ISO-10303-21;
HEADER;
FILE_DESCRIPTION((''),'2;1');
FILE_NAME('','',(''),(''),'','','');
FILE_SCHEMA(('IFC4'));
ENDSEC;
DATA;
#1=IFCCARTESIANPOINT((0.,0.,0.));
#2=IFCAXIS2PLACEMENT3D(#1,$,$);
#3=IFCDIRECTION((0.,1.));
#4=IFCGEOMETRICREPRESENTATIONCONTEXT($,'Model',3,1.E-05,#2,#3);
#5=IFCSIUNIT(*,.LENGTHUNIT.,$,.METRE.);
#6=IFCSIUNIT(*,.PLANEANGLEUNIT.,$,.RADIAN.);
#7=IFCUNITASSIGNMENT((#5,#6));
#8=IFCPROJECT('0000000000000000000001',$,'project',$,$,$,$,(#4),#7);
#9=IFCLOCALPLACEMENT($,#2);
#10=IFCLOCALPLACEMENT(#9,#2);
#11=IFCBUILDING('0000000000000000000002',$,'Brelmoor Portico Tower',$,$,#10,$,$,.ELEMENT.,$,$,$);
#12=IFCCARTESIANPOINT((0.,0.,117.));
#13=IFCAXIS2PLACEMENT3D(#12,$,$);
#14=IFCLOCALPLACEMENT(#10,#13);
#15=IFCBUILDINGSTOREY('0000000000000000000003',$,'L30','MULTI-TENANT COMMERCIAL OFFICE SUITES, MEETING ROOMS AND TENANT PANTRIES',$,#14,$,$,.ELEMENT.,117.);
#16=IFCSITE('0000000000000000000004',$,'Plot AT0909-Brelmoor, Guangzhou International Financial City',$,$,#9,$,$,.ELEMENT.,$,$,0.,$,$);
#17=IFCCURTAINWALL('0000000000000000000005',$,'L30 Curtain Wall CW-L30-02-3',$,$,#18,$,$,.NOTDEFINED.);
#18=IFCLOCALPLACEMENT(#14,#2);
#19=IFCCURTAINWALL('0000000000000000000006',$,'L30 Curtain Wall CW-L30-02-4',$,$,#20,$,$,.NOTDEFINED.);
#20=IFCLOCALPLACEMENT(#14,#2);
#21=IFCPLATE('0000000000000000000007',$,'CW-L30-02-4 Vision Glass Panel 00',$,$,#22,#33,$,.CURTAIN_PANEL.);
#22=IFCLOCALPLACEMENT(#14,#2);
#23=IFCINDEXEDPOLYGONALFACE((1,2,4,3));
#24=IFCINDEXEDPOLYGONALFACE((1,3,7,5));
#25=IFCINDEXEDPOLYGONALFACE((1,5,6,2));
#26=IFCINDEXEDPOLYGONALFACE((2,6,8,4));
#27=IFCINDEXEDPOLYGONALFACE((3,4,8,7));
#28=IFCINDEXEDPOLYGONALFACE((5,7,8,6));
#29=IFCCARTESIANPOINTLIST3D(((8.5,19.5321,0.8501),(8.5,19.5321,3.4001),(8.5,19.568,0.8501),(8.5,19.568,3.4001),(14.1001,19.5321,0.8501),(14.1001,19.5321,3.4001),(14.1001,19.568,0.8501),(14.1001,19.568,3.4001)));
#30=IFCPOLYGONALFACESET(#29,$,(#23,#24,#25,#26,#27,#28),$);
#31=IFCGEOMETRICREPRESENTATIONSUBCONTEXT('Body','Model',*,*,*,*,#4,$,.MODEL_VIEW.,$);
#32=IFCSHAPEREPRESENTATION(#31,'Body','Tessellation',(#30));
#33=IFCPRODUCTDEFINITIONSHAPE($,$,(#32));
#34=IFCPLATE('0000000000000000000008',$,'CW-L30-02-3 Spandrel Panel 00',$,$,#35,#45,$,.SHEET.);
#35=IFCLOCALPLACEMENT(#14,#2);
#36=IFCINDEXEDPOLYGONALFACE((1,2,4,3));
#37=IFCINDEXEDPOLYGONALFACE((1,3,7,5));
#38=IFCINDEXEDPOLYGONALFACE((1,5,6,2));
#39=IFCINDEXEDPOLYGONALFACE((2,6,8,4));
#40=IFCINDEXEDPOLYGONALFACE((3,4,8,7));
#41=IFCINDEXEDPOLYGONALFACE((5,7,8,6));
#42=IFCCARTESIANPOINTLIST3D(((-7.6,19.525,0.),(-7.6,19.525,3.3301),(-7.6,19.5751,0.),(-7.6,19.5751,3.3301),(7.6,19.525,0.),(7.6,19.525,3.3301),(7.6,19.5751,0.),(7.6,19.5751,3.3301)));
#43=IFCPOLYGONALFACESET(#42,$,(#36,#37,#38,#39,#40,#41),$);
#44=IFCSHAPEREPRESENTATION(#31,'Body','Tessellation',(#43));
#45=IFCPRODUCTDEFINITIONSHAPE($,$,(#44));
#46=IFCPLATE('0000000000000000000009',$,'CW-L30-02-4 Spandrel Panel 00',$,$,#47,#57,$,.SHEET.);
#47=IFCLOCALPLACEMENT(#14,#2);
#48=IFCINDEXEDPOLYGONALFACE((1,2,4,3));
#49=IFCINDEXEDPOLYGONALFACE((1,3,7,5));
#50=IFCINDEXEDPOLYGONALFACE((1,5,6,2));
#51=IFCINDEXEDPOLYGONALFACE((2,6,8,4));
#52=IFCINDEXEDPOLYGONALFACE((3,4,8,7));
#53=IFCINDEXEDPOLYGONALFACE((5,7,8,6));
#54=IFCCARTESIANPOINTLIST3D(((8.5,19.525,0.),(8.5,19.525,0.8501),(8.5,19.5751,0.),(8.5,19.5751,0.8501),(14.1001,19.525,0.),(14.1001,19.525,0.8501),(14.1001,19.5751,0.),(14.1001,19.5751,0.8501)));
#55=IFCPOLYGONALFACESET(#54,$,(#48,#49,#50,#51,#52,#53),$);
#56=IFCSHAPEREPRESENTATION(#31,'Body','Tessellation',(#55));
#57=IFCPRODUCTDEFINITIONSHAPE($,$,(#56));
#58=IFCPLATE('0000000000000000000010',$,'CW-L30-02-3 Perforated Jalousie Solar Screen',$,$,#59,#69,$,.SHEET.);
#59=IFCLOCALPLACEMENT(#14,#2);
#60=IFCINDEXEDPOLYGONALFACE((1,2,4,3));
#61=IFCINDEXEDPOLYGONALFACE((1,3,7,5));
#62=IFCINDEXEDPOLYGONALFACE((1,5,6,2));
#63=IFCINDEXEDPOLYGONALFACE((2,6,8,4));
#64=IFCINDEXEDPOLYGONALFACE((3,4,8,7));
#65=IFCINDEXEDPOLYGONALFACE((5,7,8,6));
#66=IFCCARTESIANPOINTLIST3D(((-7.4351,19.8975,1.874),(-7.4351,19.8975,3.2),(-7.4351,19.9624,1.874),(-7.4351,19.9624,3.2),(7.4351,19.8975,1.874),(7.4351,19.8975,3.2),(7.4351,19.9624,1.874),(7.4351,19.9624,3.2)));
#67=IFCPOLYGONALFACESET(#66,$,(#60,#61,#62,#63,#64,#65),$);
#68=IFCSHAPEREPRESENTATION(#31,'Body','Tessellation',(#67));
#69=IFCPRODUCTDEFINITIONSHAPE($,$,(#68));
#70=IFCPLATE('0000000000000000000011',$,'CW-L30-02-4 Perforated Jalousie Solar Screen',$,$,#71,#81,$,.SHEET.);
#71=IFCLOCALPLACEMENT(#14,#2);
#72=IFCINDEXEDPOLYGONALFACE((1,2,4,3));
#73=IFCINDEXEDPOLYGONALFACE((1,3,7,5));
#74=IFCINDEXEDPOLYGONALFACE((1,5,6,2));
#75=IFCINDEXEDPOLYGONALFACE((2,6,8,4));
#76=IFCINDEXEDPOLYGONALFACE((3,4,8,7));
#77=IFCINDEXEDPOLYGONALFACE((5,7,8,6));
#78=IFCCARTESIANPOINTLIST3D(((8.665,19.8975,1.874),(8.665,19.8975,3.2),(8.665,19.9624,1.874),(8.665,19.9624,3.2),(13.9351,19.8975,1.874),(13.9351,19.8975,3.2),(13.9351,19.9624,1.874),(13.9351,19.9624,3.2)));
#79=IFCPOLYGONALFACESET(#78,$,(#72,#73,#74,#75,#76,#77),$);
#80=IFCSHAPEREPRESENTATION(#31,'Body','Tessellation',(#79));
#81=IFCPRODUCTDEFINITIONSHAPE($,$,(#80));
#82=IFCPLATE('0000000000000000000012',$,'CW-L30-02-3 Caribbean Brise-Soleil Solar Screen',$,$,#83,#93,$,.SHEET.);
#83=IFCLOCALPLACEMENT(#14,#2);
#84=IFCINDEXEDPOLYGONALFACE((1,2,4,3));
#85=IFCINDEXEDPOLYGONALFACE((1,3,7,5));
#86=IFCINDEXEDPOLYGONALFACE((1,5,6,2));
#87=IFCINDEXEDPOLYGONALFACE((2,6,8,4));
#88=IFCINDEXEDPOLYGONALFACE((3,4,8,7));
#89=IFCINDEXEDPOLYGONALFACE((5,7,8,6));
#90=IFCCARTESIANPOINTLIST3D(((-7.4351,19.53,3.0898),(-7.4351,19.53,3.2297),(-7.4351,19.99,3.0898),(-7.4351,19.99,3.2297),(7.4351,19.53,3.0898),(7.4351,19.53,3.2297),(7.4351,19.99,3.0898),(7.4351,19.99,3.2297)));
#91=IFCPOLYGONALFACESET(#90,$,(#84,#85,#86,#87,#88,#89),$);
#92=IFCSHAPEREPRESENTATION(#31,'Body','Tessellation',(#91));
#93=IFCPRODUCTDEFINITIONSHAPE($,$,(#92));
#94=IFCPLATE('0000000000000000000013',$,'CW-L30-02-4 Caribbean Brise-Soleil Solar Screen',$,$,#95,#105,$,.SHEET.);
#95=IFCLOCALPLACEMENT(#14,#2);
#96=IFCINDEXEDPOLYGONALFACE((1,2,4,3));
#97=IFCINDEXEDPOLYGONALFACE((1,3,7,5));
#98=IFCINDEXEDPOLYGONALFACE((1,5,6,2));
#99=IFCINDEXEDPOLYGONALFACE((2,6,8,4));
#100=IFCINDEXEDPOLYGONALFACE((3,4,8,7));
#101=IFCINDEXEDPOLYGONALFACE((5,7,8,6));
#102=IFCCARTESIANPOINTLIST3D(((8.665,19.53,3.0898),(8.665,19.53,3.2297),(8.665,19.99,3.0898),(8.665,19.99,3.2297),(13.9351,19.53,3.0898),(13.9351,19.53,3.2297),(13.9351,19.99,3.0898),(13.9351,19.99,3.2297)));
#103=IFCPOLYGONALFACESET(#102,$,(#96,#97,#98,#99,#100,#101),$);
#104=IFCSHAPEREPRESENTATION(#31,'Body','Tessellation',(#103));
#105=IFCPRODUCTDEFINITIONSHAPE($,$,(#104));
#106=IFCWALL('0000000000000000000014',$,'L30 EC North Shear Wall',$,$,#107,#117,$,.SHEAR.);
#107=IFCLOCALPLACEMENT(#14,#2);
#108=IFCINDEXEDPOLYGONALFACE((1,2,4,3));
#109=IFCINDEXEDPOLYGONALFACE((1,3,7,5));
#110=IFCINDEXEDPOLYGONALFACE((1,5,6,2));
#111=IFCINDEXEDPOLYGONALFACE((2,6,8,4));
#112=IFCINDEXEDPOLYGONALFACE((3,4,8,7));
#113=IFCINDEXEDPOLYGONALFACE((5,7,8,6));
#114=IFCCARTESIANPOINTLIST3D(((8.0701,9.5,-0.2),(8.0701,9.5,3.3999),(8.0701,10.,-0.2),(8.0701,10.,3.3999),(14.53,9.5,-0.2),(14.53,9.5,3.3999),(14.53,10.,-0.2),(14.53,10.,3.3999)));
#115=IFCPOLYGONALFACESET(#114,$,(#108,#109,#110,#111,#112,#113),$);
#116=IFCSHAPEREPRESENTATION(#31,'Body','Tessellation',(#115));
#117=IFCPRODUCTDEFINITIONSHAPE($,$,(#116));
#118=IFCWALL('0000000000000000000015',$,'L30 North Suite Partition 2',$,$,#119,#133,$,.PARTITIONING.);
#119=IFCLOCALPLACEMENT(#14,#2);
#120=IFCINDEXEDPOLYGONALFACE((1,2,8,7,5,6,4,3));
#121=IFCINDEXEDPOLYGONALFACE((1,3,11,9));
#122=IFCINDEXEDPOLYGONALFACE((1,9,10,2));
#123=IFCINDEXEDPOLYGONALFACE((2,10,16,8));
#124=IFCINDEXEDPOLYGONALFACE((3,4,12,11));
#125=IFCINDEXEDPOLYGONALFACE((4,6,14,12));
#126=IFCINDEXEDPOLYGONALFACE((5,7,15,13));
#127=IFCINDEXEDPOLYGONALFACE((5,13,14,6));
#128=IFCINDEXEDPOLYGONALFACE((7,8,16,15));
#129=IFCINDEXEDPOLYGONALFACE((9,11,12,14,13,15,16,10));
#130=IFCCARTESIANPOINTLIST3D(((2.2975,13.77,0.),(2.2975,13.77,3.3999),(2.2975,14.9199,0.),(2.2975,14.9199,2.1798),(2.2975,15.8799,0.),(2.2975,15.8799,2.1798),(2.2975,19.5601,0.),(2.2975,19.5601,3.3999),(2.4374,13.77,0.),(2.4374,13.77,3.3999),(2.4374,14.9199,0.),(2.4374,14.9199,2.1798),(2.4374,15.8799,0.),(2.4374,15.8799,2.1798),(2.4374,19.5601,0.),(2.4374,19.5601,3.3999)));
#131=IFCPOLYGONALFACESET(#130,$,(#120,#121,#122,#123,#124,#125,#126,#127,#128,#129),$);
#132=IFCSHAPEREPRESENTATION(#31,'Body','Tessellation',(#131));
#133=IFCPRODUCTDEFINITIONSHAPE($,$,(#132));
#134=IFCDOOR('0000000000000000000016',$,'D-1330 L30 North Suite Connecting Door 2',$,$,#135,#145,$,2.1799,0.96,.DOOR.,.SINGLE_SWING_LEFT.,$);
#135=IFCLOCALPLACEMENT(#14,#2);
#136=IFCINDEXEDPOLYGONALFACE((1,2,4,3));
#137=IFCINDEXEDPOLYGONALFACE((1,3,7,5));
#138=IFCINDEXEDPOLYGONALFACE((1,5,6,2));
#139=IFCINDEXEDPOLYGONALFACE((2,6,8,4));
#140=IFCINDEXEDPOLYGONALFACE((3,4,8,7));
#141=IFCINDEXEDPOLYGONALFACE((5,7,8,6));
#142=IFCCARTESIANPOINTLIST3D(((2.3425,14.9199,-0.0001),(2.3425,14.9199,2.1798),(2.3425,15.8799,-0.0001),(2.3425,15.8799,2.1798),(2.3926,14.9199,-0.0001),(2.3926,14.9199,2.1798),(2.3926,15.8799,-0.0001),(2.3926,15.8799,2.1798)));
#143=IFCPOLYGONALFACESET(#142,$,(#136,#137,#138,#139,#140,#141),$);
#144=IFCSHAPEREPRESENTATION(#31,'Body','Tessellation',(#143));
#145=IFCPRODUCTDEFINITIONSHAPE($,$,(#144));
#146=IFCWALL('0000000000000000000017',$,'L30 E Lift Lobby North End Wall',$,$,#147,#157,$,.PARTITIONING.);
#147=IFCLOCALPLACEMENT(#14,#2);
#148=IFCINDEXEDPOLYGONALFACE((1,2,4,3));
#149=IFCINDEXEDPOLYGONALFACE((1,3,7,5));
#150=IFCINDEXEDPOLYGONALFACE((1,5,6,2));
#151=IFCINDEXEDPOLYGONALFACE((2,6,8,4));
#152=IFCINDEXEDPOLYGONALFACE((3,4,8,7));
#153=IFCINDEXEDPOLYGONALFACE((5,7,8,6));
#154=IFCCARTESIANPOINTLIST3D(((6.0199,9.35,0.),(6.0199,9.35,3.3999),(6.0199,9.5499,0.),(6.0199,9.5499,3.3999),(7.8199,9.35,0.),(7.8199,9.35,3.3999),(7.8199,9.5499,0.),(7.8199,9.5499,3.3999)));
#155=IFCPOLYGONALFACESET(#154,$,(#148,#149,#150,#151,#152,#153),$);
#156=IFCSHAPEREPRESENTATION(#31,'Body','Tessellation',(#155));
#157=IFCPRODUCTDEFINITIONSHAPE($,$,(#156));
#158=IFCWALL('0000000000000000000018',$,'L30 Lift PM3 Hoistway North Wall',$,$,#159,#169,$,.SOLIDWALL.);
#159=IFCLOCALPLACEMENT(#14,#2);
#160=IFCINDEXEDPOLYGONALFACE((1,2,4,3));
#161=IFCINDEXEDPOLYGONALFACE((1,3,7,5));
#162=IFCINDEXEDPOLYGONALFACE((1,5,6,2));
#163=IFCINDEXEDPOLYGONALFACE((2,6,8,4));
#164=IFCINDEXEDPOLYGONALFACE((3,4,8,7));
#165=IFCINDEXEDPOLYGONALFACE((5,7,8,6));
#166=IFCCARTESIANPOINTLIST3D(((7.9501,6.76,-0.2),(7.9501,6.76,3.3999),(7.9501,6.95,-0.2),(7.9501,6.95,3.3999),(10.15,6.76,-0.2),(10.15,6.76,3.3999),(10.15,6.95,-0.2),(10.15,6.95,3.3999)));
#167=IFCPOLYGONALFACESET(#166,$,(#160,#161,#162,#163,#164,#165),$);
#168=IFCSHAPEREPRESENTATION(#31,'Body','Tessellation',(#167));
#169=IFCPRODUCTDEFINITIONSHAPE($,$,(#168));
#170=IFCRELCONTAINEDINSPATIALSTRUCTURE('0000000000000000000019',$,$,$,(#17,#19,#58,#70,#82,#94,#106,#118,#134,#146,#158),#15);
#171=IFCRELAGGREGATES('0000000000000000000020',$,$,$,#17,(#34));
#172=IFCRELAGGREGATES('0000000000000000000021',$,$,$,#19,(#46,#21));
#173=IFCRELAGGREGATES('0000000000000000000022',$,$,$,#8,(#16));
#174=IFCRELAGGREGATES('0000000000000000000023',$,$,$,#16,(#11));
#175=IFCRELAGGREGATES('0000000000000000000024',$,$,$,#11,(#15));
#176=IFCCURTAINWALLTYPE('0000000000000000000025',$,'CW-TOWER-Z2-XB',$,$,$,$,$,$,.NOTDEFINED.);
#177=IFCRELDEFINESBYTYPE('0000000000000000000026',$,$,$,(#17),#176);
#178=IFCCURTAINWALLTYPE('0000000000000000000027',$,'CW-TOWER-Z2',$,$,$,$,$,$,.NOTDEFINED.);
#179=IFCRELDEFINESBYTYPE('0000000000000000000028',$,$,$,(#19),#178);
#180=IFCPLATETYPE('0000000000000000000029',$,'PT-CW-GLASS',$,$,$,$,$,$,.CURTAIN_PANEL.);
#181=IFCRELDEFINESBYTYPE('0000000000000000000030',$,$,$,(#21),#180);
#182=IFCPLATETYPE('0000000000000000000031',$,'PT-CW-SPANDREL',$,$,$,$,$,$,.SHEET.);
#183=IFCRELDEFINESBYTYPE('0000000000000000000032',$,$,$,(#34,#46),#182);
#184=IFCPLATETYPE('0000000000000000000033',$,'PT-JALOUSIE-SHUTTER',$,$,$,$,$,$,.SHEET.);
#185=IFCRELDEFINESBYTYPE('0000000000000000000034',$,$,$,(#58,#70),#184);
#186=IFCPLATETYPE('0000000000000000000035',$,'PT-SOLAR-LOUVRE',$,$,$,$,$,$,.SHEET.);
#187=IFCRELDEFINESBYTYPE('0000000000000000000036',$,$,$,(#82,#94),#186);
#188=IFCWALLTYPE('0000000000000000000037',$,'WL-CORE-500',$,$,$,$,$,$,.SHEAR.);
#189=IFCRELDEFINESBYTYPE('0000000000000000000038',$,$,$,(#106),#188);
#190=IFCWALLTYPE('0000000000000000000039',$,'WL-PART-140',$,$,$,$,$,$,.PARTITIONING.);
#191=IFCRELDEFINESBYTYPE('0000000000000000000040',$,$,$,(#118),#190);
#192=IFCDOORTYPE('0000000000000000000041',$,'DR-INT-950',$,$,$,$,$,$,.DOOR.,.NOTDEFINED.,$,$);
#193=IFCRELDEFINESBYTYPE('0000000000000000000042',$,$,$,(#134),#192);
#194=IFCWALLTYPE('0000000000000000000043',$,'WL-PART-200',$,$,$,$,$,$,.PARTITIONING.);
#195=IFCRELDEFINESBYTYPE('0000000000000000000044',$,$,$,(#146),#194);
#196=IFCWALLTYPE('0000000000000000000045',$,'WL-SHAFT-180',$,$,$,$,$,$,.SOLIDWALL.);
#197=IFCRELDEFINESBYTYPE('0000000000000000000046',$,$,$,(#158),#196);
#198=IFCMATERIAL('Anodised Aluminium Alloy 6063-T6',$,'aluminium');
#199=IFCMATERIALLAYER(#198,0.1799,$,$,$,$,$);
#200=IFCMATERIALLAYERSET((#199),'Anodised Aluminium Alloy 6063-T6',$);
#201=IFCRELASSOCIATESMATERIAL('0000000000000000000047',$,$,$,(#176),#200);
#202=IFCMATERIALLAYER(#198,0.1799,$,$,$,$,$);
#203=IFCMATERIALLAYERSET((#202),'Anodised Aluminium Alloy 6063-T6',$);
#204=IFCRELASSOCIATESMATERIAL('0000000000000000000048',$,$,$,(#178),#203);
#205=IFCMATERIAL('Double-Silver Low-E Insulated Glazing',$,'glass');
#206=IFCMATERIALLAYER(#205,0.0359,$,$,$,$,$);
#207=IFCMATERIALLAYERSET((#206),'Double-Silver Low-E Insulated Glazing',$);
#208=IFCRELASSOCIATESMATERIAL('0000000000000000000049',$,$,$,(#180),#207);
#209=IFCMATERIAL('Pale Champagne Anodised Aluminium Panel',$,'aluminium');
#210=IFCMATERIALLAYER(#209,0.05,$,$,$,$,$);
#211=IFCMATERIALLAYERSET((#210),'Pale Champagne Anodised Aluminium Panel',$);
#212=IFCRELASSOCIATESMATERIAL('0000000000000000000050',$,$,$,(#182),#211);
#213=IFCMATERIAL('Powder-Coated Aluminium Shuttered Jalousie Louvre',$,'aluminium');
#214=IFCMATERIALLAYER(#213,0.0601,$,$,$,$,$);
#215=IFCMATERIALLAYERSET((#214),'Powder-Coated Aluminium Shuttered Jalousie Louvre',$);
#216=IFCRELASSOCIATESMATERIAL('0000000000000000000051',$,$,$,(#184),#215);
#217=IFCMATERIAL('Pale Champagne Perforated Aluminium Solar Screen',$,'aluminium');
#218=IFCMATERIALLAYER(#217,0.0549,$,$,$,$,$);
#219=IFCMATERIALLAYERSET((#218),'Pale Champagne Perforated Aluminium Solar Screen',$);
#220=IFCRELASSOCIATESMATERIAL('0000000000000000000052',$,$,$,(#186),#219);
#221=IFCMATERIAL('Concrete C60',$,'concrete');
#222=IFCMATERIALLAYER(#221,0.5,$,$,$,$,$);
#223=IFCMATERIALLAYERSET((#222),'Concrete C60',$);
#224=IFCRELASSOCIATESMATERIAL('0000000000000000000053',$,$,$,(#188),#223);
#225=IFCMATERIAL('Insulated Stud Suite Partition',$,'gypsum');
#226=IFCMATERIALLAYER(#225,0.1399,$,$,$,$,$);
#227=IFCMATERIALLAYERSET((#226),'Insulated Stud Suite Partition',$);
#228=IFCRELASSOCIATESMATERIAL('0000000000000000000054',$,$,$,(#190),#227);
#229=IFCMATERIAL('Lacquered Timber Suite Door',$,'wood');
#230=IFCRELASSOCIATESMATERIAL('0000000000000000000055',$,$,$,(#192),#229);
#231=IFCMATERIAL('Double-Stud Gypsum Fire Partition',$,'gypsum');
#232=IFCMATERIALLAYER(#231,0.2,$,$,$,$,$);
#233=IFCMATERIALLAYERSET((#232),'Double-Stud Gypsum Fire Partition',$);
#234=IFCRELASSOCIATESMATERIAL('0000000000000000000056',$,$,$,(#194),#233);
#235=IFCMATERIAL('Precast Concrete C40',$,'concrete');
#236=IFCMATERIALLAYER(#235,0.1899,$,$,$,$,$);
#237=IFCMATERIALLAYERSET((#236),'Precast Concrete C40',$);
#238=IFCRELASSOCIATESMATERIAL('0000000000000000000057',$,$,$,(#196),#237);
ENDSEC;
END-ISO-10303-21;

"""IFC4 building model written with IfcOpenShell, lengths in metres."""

from ifc_helpers import new_model, si_unit, direction, frame, frame_2d, origin, origin_2d, place, context, subcontext, project, spatial, rectangle, extrude, material, layer, layer_set, type_object, element, fill, aggregate, save


model = new_model("IFC4")

# Units and contexts
model_context = context("Model", 3, precision=1e-05, world=origin(), true_north=direction((0.0, 1.0)))
body_context = subcontext(model_context, "Body", "Model", "MODEL_VIEW")
ifc_project = project(units=[si_unit("LENGTHUNIT", "METRE"), si_unit("PLANEANGLEUNIT", "RADIAN")], contexts=[model_context])

# Site, building, storey
site_placement = place(None, origin())
site = spatial("IfcSite", under=ifc_project, at=site_placement, Name="Plot AT0909-Brelmoor, Guangzhou International Financial City", CompositionType="ELEMENT", RefElevation=0.0)
building_placement = place(site_placement, origin())
building = spatial("IfcBuilding", under=site, at=building_placement, Name="Brelmoor Portico Tower", CompositionType="ELEMENT")
storey_placement = place(building_placement, frame((0.0, 0.0, 117.0)))
storey = spatial("IfcBuildingStorey", under=building, at=storey_placement, Name="L30", Description="MULTI-TENANT COMMERCIAL OFFICE SUITES, MEETING ROOMS AND TENANT PANTRIES", CompositionType="ELEMENT", Elevation=117.0)

# Curtain wall
ifc_material_1 = material(Name="Anodised Aluminium Alloy 6063-T6", Category="aluminium")
ifc_layer_1 = layer(ifc_material_1, 0.1799)
ifc_layer_set_1 = layer_set([ifc_layer_1], Name="Anodised Aluminium Alloy 6063-T6")
curtain_wall_type_1 = type_object("IfcCurtainWallType", Name="CW-TOWER-Z2-XB", PredefinedType="NOTDEFINED", material=ifc_layer_set_1)
curtain_wall_1_placement = place(storey_placement, origin())
curtain_wall_1 = element("IfcCurtainWall", 1, at=curtain_wall_1_placement, inside=storey, type_object=curtain_wall_type_1, Name="L30 Curtain Wall CW-L30-02-3", PredefinedType="NOTDEFINED")

# Curtain wall, plate
ifc_layer_2 = layer(ifc_material_1, 0.1799)
ifc_layer_set_2 = layer_set([ifc_layer_2], Name="Anodised Aluminium Alloy 6063-T6")
curtain_wall_type_2 = type_object("IfcCurtainWallType", Name="CW-TOWER-Z2", PredefinedType="NOTDEFINED", material=ifc_layer_set_2)
curtain_wall_2_placement = place(storey_placement, origin())
curtain_wall_2 = element("IfcCurtainWall", 2, at=curtain_wall_2_placement, inside=storey, type_object=curtain_wall_type_2, Name="L30 Curtain Wall CW-L30-02-4", PredefinedType="NOTDEFINED")
ifc_material_2 = material(Name="Double-Silver Low-E Insulated Glazing", Category="glass")
ifc_layer_3 = layer(ifc_material_2, 0.0359)
ifc_layer_set_3 = layer_set([ifc_layer_3], Name="Double-Silver Low-E Insulated Glazing")
plate_type_1 = type_object("IfcPlateType", Name="PT-CW-GLASS", PredefinedType="CURTAIN_PANEL", material=ifc_layer_set_3)
plate_1_placement = place(storey_placement, frame((11.3, 19.55, 0.8501), z_axis=(0.0, 0.0, 1.0), x_axis=(1.0, 0.0, 0.0)))
plate_1 = element("IfcPlate", 3, at=plate_1_placement, type_object=plate_type_1, Name="CW-L30-02-4 Vision Glass Panel 00", PredefinedType="CURTAIN_PANEL", context=body_context, shape_type="SweptSolid", body=[
    extrude(rectangle(XDim=5.6001, YDim=0.0359, at=origin_2d()), origin(), (0.0, 0.0, 1.0), 2.55),
])

# Plates
ifc_material_3 = material(Name="Pale Champagne Anodised Aluminium Panel", Category="aluminium")
ifc_layer_4 = layer(ifc_material_3, 0.05)
ifc_layer_set_4 = layer_set([ifc_layer_4], Name="Pale Champagne Anodised Aluminium Panel")
plate_type_2 = type_object("IfcPlateType", Name="PT-CW-SPANDREL", PredefinedType="SHEET", material=ifc_layer_set_4)
plate_2_placement = place(storey_placement, frame((0.0, 19.55, 0.0), z_axis=(0.0, 0.0, 1.0), x_axis=(1.0, 0.0, 0.0)))
plate_2 = element("IfcPlate", 4, at=plate_2_placement, type_object=plate_type_2, Name="CW-L30-02-3 Spandrel Panel 00", PredefinedType="SHEET", context=body_context, shape_type="SweptSolid", body=[
    extrude(rectangle(XDim=15.2, YDim=0.05, at=origin_2d()), origin(), (0.0, 0.0, 1.0), 3.3301),
])
aggregate(curtain_wall_1, [plate_2])
plate_3_placement = place(storey_placement, frame((11.3, 19.55, 0.0), z_axis=(0.0, 0.0, 1.0), x_axis=(1.0, 0.0, 0.0)))
plate_3 = element("IfcPlate", 5, at=plate_3_placement, type_object=plate_type_2, Name="CW-L30-02-4 Spandrel Panel 00", PredefinedType="SHEET", context=body_context, shape_type="SweptSolid", body=[
    extrude(rectangle(XDim=5.6001, YDim=0.05, at=origin_2d()), origin(), (0.0, 0.0, 1.0), 0.8501),
])
aggregate(curtain_wall_2, [plate_3, plate_1])

# Plates
ifc_material_4 = material(Name="Powder-Coated Aluminium Shuttered Jalousie Louvre", Category="aluminium")
ifc_layer_5 = layer(ifc_material_4, 0.0601)
ifc_layer_set_5 = layer_set([ifc_layer_5], Name="Powder-Coated Aluminium Shuttered Jalousie Louvre")
plate_type_3 = type_object("IfcPlateType", Name="PT-JALOUSIE-SHUTTER", PredefinedType="SHEET", material=ifc_layer_set_5)
plate_4_placement = place(storey_placement, frame((0.0, 19.9299, 1.874), z_axis=(0.0, 0.0, 1.0), x_axis=(1.0, 0.0, 0.0)))
element("IfcPlate", 6, at=plate_4_placement, inside=storey, type_object=plate_type_3, Name="CW-L30-02-3 Perforated Jalousie Solar Screen", PredefinedType="SHEET", context=body_context, shape_type="SweptSolid", body=[
    extrude(rectangle(XDim=14.8701, YDim=0.0649, at=origin_2d()), origin(), (0.0, 0.0, 1.0), 1.3259),
])
plate_5_placement = place(storey_placement, frame((11.3, 19.9299, 1.874), z_axis=(0.0, 0.0, 1.0), x_axis=(1.0, 0.0, 0.0)))
element("IfcPlate", 7, at=plate_5_placement, inside=storey, type_object=plate_type_3, Name="CW-L30-02-4 Perforated Jalousie Solar Screen", PredefinedType="SHEET", context=body_context, shape_type="SweptSolid", body=[
    extrude(rectangle(XDim=5.27, YDim=0.0649, at=origin_2d()), origin(), (0.0, 0.0, 1.0), 1.3259),
])
ifc_material_5 = material(Name="Pale Champagne Perforated Aluminium Solar Screen", Category="aluminium")
ifc_layer_6 = layer(ifc_material_5, 0.0549)
ifc_layer_set_6 = layer_set([ifc_layer_6], Name="Pale Champagne Perforated Aluminium Solar Screen")
plate_type_4 = type_object("IfcPlateType", Name="PT-SOLAR-LOUVRE", PredefinedType="SHEET", material=ifc_layer_set_6)
plate_6_placement = place(storey_placement, frame((0.0, 19.76, 3.0898), z_axis=(0.0, 0.0, 1.0), x_axis=(1.0, 0.0, 0.0)))
element("IfcPlate", 8, at=plate_6_placement, inside=storey, type_object=plate_type_4, Name="CW-L30-02-3 Caribbean Brise-Soleil Solar Screen", PredefinedType="SHEET", context=body_context, shape_type="SweptSolid", body=[
    extrude(rectangle(XDim=14.8701, YDim=0.46, at=origin_2d()), origin(), (0.0, 0.0, 1.0), 0.1399),
])
plate_7_placement = place(storey_placement, frame((11.3, 19.76, 3.0898), z_axis=(0.0, 0.0, 1.0), x_axis=(1.0, 0.0, 0.0)))
element("IfcPlate", 9, at=plate_7_placement, inside=storey, type_object=plate_type_4, Name="CW-L30-02-4 Caribbean Brise-Soleil Solar Screen", PredefinedType="SHEET", context=body_context, shape_type="SweptSolid", body=[
    extrude(rectangle(XDim=5.27, YDim=0.46, at=origin_2d()), origin(), (0.0, 0.0, 1.0), 0.1399),
])

# Wall
ifc_material_6 = material(Name="Concrete C60", Category="concrete")
ifc_layer_7 = layer(ifc_material_6, 0.5)
ifc_layer_set_7 = layer_set([ifc_layer_7], Name="Concrete C60")
wall_type_1 = type_object("IfcWallType", Name="WL-CORE-500", PredefinedType="SHEAR", material=ifc_layer_set_7)
wall_1_placement = place(storey_placement, frame((8.0701, 9.75, -0.2), z_axis=(0.0, 0.0, 1.0), x_axis=(1.0, 0.0, 0.0)))
element("IfcWall", 10, at=wall_1_placement, inside=storey, type_object=wall_type_1, Name="L30 EC North Shear Wall", PredefinedType="SHEAR", context=body_context, shape_type="SweptSolid", body=[
    extrude(rectangle(XDim=6.46, YDim=0.5, at=frame_2d((3.23, 0.0))), origin(), (0.0, 0.0, 1.0), 3.5999),
])

# Wall, opening, door
ifc_material_7 = material(Name="Insulated Stud Suite Partition", Category="gypsum")
ifc_layer_8 = layer(ifc_material_7, 0.1399)
ifc_layer_set_8 = layer_set([ifc_layer_8], Name="Insulated Stud Suite Partition")
wall_type_2 = type_object("IfcWallType", Name="WL-PART-140", PredefinedType="PARTITIONING", material=ifc_layer_set_8)
wall_2_placement = place(storey_placement, frame((2.3674, 13.77, 0.0), z_axis=(0.0, 0.0, 1.0), x_axis=(0.0, 1.0, 0.0)))
wall_2 = element("IfcWall", 11, at=wall_2_placement, inside=storey, type_object=wall_type_2, Name="L30 North Suite Partition 2", PredefinedType="PARTITIONING", context=body_context, shape_type="SweptSolid", body=[
    extrude(rectangle(XDim=5.79, YDim=0.1399, at=frame_2d((2.895, 0.0))), origin(), (0.0, 0.0, 1.0), 3.3999),
])
opening_1_placement = place(wall_2_placement, frame((1.1499, 0.0, 0.0)))
opening_1 = element("IfcOpeningElement", 12, at=opening_1_placement, cuts=wall_2, PredefinedType="OPENING", context=body_context, shape_type="SweptSolid", body=[
    extrude(rectangle(XDim=0.96, YDim=2.1799, at=frame_2d((0.48, 1.0898))), frame((0.0, 0.0798, 0.0), z_axis=(0.0, -1.0, 0.0), x_axis=(1.0, 0.0, 0.0)), (0.0, 0.0, 1.0), 0.1599),
])
ifc_material_8 = material(Name="Lacquered Timber Suite Door", Category="wood")
door_type_1 = type_object("IfcDoorType", Name="DR-INT-950", OperationType="NOTDEFINED", PredefinedType="DOOR", material=ifc_material_8)
door_1_placement = place(opening_1_placement, origin())
door_1 = element("IfcDoor", 13, at=door_1_placement, inside=storey, type_object=door_type_1, Name="D-1330 L30 North Suite Connecting Door 2", OperationType="SINGLE_SWING_LEFT", OverallHeight=2.1799, OverallWidth=0.96, PredefinedType="DOOR", context=body_context, shape_type="SweptSolid", body=[
    extrude(rectangle(XDim=0.96, YDim=2.1799, at=frame_2d((0.48, 1.0898))), frame((0.0, 0.0249, 0.0), z_axis=(0.0, -1.0, 0.0), x_axis=(1.0, 0.0, 0.0)), (0.0, 0.0, 1.0), 0.05),
])
fill(opening_1, door_1)

# Walls
ifc_material_9 = material(Name="Double-Stud Gypsum Fire Partition", Category="gypsum")
ifc_layer_9 = layer(ifc_material_9, 0.2)
ifc_layer_set_9 = layer_set([ifc_layer_9], Name="Double-Stud Gypsum Fire Partition")
wall_type_3 = type_object("IfcWallType", Name="WL-PART-200", PredefinedType="PARTITIONING", material=ifc_layer_set_9)
wall_3_placement = place(storey_placement, frame((6.02, 9.45, 0.0), z_axis=(0.0, 0.0, 1.0), x_axis=(1.0, 0.0, 0.0)))
element("IfcWall", 14, at=wall_3_placement, inside=storey, type_object=wall_type_3, Name="L30 E Lift Lobby North End Wall", PredefinedType="PARTITIONING", context=body_context, shape_type="SweptSolid", body=[
    extrude(rectangle(XDim=1.8, YDim=0.2, at=frame_2d((0.8999, 0.0))), origin(), (0.0, 0.0, 1.0), 3.3999),
])
ifc_material_10 = material(Name="Precast Concrete C40", Category="concrete")
ifc_layer_10 = layer(ifc_material_10, 0.1899)
ifc_layer_set_10 = layer_set([ifc_layer_10], Name="Precast Concrete C40")
wall_type_4 = type_object("IfcWallType", Name="WL-SHAFT-180", PredefinedType="SOLIDWALL", material=ifc_layer_set_10)
wall_4_placement = place(storey_placement, frame((7.95, 6.855, -0.2), z_axis=(0.0, 0.0, 1.0), x_axis=(1.0, 0.0, 0.0)))
element("IfcWall", 15, at=wall_4_placement, inside=storey, type_object=wall_type_4, Name="L30 Lift PM3 Hoistway North Wall", PredefinedType="SOLIDWALL", context=body_context, shape_type="SweptSolid", body=[
    extrude(rectangle(XDim=2.2, YDim=0.1899, at=frame_2d((1.1001, 0.0))), origin(), (0.0, 0.0, 1.0), 3.5999),
])

save(model, "model.ifc")
